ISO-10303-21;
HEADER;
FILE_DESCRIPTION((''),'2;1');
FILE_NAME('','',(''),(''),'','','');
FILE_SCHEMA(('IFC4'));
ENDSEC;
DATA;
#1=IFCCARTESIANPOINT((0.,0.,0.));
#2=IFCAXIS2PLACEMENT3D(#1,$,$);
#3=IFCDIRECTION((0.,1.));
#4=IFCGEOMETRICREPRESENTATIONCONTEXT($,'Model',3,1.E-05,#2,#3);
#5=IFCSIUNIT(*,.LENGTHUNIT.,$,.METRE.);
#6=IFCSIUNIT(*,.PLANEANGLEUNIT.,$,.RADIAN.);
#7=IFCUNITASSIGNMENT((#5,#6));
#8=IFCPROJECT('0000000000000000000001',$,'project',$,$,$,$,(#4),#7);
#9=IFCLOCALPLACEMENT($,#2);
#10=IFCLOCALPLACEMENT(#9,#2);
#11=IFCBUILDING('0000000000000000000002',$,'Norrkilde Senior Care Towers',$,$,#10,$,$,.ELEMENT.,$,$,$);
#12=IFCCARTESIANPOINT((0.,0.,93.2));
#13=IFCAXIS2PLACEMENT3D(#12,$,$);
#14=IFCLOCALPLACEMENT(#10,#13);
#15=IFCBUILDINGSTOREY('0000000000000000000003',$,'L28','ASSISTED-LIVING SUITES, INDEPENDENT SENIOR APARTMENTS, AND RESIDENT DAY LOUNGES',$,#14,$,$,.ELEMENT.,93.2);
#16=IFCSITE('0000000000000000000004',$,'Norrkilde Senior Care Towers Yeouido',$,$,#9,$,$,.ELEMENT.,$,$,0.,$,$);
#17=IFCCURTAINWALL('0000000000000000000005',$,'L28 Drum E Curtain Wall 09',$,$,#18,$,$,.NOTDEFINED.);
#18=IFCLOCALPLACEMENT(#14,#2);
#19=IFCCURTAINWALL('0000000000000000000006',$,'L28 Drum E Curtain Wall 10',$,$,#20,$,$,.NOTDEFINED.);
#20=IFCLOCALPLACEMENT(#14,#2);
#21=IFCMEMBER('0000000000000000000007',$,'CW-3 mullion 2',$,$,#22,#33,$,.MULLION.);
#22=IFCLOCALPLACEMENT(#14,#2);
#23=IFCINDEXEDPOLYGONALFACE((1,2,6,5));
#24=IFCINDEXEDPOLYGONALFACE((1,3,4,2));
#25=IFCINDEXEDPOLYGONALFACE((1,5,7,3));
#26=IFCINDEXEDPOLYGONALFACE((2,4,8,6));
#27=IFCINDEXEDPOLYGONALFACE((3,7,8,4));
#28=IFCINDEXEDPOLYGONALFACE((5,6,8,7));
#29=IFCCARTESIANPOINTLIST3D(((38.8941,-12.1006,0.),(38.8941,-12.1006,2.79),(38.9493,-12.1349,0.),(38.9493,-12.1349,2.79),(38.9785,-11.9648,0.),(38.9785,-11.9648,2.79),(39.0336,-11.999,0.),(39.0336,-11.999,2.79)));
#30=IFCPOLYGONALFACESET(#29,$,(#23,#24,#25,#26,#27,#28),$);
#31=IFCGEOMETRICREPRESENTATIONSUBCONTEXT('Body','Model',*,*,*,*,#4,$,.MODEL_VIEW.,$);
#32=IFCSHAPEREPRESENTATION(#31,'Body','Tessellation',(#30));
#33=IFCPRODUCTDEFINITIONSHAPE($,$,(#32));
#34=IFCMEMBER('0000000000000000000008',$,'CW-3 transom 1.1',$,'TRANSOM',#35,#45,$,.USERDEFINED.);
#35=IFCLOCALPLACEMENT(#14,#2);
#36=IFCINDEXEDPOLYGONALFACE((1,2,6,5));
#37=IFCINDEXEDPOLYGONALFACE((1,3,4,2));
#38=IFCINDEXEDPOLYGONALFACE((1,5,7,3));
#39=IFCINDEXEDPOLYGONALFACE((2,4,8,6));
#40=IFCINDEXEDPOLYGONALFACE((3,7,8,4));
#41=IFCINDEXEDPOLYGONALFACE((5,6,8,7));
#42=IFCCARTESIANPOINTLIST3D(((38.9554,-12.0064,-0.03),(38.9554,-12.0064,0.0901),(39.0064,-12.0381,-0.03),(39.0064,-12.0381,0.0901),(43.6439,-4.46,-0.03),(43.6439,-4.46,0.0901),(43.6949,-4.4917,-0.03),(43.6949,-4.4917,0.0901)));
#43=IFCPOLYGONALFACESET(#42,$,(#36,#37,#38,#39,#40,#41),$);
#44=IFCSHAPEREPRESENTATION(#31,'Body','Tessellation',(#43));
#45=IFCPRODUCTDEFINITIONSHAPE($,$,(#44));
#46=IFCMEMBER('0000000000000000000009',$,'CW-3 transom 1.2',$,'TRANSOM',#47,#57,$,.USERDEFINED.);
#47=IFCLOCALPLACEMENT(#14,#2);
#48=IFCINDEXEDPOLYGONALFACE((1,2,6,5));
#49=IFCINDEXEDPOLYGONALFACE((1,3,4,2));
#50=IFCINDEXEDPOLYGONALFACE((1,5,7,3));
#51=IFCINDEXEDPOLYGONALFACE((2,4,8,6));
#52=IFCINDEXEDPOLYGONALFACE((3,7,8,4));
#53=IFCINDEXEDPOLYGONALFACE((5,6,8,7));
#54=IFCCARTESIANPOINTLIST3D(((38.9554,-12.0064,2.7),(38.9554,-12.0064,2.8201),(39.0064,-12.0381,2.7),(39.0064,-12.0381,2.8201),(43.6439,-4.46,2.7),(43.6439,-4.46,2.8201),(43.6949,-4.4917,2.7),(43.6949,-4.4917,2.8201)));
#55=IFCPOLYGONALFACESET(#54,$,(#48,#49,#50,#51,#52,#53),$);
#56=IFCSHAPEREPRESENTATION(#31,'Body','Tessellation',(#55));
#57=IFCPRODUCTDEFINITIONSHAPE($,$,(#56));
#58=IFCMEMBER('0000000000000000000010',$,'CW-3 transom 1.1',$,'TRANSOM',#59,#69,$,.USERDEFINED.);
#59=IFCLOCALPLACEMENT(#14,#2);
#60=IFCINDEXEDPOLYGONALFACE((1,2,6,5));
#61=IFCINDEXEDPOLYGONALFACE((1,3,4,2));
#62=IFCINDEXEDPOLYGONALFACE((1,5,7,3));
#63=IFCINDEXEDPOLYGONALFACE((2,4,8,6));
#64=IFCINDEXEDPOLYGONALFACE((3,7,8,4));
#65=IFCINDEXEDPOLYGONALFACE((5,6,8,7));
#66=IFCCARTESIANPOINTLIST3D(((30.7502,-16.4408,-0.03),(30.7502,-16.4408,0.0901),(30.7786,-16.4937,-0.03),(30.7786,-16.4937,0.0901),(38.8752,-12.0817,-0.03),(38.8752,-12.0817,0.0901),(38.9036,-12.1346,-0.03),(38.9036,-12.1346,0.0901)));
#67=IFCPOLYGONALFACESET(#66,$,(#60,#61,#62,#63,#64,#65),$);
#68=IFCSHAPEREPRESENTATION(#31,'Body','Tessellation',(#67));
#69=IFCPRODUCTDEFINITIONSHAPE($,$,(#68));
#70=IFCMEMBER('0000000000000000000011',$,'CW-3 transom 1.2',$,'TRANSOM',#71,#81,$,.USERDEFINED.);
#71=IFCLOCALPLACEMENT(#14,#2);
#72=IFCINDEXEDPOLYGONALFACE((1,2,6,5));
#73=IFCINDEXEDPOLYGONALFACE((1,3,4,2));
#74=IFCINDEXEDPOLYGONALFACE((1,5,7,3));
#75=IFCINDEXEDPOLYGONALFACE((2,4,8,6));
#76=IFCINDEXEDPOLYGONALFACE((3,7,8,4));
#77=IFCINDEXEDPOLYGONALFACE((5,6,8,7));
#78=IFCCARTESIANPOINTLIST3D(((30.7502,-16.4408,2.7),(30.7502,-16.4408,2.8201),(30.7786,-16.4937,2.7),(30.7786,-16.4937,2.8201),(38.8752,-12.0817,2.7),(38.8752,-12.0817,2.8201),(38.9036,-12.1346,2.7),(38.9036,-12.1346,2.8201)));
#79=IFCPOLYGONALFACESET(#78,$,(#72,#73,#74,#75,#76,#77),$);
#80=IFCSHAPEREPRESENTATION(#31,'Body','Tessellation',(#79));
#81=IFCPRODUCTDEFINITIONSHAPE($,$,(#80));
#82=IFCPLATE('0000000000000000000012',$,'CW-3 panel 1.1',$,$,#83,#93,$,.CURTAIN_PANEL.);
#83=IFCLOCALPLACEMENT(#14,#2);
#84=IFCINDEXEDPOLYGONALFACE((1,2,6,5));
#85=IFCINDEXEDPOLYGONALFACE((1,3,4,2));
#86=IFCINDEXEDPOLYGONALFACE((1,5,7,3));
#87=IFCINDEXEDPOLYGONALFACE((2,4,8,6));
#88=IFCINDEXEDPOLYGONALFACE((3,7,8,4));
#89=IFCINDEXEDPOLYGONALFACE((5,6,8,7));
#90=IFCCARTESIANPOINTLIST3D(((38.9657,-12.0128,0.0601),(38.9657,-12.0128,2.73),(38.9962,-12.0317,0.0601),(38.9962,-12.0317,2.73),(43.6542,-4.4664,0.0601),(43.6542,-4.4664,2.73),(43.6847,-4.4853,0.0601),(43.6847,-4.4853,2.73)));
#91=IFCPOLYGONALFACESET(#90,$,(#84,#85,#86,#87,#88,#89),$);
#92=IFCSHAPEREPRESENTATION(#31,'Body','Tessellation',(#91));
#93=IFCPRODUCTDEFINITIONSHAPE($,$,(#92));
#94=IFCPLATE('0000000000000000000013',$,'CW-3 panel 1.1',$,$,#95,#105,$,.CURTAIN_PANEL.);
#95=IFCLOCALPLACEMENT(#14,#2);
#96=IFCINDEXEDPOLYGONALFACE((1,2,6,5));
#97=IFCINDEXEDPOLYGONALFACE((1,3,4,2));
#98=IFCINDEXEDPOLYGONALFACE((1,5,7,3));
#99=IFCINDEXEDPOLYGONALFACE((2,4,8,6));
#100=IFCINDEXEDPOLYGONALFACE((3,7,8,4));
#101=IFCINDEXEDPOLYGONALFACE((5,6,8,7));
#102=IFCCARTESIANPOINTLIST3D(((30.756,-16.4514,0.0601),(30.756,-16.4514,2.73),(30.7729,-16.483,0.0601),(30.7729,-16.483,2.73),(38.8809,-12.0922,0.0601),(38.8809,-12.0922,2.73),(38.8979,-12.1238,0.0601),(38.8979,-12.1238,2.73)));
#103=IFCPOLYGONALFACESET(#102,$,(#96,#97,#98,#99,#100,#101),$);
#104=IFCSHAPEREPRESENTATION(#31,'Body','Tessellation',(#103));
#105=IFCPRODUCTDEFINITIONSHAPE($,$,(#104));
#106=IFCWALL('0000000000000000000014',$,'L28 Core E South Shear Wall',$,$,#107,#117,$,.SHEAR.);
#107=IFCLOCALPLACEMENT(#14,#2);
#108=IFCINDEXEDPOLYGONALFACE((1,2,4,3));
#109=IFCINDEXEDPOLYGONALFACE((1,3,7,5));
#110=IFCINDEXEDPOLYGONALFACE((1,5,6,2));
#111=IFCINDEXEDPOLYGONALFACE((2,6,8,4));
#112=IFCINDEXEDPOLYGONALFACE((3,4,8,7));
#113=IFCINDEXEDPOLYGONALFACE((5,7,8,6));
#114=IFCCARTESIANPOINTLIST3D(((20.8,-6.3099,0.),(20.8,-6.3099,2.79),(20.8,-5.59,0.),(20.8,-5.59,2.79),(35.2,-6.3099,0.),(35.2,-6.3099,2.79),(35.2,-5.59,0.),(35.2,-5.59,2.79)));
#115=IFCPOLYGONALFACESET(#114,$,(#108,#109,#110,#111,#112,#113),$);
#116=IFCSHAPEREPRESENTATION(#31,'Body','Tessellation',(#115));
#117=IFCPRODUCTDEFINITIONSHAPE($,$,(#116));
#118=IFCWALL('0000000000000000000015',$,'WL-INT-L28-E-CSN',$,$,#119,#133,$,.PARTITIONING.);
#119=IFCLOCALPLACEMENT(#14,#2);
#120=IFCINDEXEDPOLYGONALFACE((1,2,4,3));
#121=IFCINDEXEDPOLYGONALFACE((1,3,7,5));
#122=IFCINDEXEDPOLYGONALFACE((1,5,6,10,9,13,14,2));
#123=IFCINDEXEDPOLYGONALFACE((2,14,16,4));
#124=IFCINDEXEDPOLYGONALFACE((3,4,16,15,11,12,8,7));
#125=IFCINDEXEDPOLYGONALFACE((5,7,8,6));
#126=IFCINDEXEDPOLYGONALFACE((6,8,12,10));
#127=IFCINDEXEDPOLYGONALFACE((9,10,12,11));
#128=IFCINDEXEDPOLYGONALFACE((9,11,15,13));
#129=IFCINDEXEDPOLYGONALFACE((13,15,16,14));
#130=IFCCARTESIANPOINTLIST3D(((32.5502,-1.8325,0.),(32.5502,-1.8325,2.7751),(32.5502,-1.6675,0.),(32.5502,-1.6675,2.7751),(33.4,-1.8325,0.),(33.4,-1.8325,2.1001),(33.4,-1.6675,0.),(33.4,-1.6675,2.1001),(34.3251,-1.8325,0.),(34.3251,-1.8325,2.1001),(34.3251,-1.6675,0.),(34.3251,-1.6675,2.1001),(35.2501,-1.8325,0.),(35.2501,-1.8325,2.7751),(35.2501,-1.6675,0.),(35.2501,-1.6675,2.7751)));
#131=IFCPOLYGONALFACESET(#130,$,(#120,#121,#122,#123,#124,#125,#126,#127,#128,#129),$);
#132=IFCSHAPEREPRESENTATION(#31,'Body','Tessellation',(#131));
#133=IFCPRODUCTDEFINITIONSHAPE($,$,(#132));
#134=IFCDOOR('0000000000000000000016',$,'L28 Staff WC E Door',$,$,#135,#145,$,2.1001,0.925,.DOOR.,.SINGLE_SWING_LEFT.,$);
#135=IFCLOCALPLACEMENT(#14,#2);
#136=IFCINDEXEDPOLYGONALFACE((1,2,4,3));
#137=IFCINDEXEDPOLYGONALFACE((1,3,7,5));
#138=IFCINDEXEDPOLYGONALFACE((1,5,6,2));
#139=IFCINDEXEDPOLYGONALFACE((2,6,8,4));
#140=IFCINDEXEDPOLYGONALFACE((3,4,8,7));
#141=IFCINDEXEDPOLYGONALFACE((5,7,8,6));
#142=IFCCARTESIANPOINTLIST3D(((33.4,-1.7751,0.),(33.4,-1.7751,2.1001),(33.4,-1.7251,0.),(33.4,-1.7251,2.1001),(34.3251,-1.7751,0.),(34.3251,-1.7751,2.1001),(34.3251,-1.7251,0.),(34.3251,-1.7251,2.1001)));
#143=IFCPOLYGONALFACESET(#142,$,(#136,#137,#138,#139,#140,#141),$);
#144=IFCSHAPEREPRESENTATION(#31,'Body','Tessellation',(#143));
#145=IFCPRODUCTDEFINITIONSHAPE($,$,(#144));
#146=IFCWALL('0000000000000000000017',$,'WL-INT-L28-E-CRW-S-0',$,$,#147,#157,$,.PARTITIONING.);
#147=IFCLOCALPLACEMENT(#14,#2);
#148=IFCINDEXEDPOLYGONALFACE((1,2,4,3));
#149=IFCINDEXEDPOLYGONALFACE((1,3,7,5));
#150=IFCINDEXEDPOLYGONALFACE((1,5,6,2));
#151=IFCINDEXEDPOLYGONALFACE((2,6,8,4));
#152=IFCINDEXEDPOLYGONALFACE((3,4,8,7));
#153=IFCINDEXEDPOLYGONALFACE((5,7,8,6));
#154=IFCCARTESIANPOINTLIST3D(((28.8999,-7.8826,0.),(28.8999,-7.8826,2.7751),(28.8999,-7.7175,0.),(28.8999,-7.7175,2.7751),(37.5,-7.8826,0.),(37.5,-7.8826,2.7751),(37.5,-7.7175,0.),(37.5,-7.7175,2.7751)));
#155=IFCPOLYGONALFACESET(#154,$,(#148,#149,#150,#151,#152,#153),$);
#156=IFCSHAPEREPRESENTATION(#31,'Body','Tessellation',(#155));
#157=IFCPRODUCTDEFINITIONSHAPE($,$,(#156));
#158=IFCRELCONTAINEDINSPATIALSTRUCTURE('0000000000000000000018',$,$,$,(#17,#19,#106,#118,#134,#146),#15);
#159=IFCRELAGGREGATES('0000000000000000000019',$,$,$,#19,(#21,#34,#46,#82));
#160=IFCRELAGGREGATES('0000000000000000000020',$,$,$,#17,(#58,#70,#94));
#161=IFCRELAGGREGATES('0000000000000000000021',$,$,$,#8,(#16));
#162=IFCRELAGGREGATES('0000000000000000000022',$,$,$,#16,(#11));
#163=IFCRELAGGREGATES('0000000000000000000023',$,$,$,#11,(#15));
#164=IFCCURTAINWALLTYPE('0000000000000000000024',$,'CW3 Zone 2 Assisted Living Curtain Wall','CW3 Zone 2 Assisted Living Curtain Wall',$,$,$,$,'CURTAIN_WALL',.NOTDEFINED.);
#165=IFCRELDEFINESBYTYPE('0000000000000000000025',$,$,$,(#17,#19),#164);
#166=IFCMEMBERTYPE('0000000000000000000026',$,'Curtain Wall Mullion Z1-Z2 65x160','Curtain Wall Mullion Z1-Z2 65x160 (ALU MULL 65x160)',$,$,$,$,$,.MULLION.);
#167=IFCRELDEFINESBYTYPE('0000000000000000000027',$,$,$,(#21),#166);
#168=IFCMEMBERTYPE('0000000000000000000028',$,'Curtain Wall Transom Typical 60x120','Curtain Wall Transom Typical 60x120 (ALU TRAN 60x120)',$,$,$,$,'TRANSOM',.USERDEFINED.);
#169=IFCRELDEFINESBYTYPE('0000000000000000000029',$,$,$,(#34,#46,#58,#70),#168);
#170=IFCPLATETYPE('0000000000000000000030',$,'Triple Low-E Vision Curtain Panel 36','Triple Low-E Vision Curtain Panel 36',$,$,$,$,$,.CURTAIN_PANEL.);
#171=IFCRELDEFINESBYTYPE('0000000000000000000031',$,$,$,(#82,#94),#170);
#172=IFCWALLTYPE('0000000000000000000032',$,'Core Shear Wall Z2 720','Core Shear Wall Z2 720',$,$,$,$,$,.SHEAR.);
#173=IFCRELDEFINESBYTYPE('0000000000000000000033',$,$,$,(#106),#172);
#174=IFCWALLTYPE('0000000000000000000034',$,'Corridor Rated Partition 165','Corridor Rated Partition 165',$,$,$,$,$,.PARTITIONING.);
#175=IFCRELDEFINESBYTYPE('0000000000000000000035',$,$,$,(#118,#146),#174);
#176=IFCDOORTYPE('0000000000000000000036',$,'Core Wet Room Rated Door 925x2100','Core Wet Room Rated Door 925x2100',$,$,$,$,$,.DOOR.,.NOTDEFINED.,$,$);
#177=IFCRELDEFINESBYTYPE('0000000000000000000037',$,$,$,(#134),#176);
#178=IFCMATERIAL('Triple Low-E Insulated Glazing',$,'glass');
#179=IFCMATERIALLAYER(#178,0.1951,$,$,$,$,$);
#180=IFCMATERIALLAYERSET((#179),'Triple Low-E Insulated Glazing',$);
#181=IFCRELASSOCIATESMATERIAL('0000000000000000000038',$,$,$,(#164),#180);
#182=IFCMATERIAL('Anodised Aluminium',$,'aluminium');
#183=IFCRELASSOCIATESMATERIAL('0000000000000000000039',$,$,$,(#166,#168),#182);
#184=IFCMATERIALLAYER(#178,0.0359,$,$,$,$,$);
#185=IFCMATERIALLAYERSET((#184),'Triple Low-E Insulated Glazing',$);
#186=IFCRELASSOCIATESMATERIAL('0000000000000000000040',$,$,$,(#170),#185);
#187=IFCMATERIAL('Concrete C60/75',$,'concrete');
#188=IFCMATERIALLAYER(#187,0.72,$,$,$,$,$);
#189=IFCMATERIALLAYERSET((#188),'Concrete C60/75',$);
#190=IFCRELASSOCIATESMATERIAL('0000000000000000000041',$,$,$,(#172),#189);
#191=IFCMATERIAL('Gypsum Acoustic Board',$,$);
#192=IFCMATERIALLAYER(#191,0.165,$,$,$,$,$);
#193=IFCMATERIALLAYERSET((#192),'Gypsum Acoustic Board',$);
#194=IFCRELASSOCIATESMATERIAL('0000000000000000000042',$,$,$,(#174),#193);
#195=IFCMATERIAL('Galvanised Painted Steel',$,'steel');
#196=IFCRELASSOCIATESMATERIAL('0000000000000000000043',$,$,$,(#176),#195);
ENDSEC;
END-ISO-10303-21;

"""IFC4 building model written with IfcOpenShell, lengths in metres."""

from ifc_helpers import new_model, si_unit, direction, frame, frame_2d, origin, origin_2d, place, context, subcontext, project, spatial, rectangle, extrude, source, transform, mapped, material, layer, layer_set, material_profile, profile_set, type_object, type_shapes, element, fill, aggregate, save


model = new_model("IFC4")

# Units and contexts
model_context = context("Model", 3, precision=1e-05, world=origin(), true_north=direction((0.0, 1.0)))
body_context = subcontext(model_context, "Body", "Model", "MODEL_VIEW")
ifc_project = project(units=[si_unit("LENGTHUNIT", "METRE"), si_unit("PLANEANGLEUNIT", "RADIAN")], contexts=[model_context])

# Site, building, storey
site_placement = place(None, origin())
site = spatial("IfcSite", under=ifc_project, at=site_placement, Name="Norrkilde Senior Care Towers Yeouido", CompositionType="ELEMENT", RefElevation=0.0)
building_placement = place(site_placement, origin())
building = spatial("IfcBuilding", under=site, at=building_placement, Name="Norrkilde Senior Care Towers", CompositionType="ELEMENT")
storey_placement = place(building_placement, frame((0.0, 0.0, 93.2)))
storey = spatial("IfcBuildingStorey", under=building, at=storey_placement, Name="L28", Description="ASSISTED-LIVING SUITES, INDEPENDENT SENIOR APARTMENTS, AND RESIDENT DAY LOUNGES", CompositionType="ELEMENT", Elevation=93.2)

# Shared definitions
ifc_material_1 = material(Name="Concrete C60/75", Category="concrete")

# Curtain wall
ifc_material_2 = material(Name="Triple Low-E Insulated Glazing", Category="glass")
ifc_layer_1 = layer(ifc_material_2, 0.1951)
ifc_layer_set_1 = layer_set([ifc_layer_1], Name="Triple Low-E Insulated Glazing")
curtain_wall_type = type_object("IfcCurtainWallType", Name="CW3 Zone 2 Assisted Living Curtain Wall", Description="CW3 Zone 2 Assisted Living Curtain Wall", ElementType="CURTAIN_WALL", PredefinedType="NOTDEFINED", material=ifc_layer_set_1)
curtain_wall_1_placement = place(storey_placement, origin())
curtain_wall_1 = element("IfcCurtainWall", 1, at=curtain_wall_1_placement, inside=storey, type_object=curtain_wall_type, Name="L28 Drum E Curtain Wall 09", PredefinedType="NOTDEFINED")
ifc_material_3 = material(Name="Anodised Aluminium", Category="aluminium")
ifc_material_profile_1 = material_profile(ifc_material_3, rectangle(XDim=0.0649, YDim=0.1599, at=origin_2d()), Name="ALU MULL 65x160")
ifc_profile_set_1 = profile_set([ifc_material_profile_1], Name="Anodised Aluminium")
member_type_1 = type_object("IfcMemberType", Name="Curtain Wall Mullion Z1-Z2 65x160", Description="Curtain Wall Mullion Z1-Z2 65x160 (ALU MULL 65x160)", PredefinedType="MULLION", material=ifc_profile_set_1)
shared_shape_1 = source(origin(), body_context, "Body", "SweptSolid", [
    extrude(rectangle(XDim=0.0649, YDim=0.1599, at=origin_2d()), origin(), (0.0, 0.0, 1.0), 2.79),
])
type_shapes(member_type_1, [shared_shape_1])

# Curtain wall, members
curtain_wall_2_placement = place(storey_placement, origin())
curtain_wall_2 = element("IfcCurtainWall", 2, at=curtain_wall_2_placement, inside=storey, type_object=curtain_wall_type, Name="L28 Drum E Curtain Wall 10", PredefinedType="NOTDEFINED")
member_1_placement = place(storey_placement, frame((38.9639, -12.0498, 0.0), z_axis=(0.0, 0.0, 1.0), x_axis=(0.84941, -0.527733, 0.0)))
member_1 = element("IfcMember", 3, at=member_1_placement, type_object=member_type_1, Name="CW-3 mullion 2", PredefinedType="MULLION", context=body_context, shape_type="MappedRepresentation", body=[
    mapped(shared_shape_1, transform((0.0, 0.0, 0.0), x_axis=(1.0, 0.0, 0.0), y_axis=(0.0, 1.0, 0.0), z_axis=(0.0, 0.0, 1.0), scale=1.0)),
])
ifc_material_profile_2 = material_profile(ifc_material_3, rectangle(XDim=0.0601, YDim=0.1201, at=origin_2d()), Name="ALU TRAN 60x120")
ifc_profile_set_2 = profile_set([ifc_material_profile_2], Name="Anodised Aluminium")
member_type_2 = type_object("IfcMemberType", Name="Curtain Wall Transom Typical 60x120", Description="Curtain Wall Transom Typical 60x120 (ALU TRAN 60x120)", ElementType="TRANSOM", PredefinedType="USERDEFINED", material=ifc_profile_set_2)
shared_shape_2 = source(origin(), body_context, "Body", "SweptSolid", [
    extrude(rectangle(XDim=0.0601, YDim=0.1201, at=origin_2d()), origin(), (0.0, 0.0, 1.0), 8.8843),
])
member_2_placement = place(storey_placement, frame((43.6694, -4.4758, 0.03), z_axis=(-0.527729, -0.849413, 0.0), x_axis=(0.849413, -0.527729, 0.0)))
member_2 = element("IfcMember", 4, at=member_2_placement, type_object=member_type_2, Name="CW-3 transom 1.1", ObjectType="TRANSOM", PredefinedType="USERDEFINED", context=body_context, shape_type="MappedRepresentation", body=[
    mapped(shared_shape_2, transform((0.0, 0.0, 0.0), x_axis=(1.0, 0.0, 0.0), y_axis=(0.0, 1.0, 0.0), z_axis=(0.0, 0.0, 1.0), scale=1.0)),
])
member_3_placement = place(storey_placement, frame((43.6694, -4.4758, 2.76), z_axis=(-0.527729, -0.849413, 0.0), x_axis=(0.849413, -0.527729, 0.0)))
member_3 = element("IfcMember", 5, at=member_3_placement, type_object=member_type_2, Name="CW-3 transom 1.2", ObjectType="TRANSOM", PredefinedType="USERDEFINED", context=body_context, shape_type="MappedRepresentation", body=[
    mapped(shared_shape_2, transform((0.0, 0.0, 0.0), x_axis=(1.0, 0.0, 0.0), y_axis=(0.0, 1.0, 0.0), z_axis=(0.0, 0.0, 1.0), scale=1.0)),
])

# Members
shared_shape_3 = source(origin(), body_context, "Body", "SweptSolid", [
    extrude(rectangle(XDim=0.0601, YDim=0.1201, at=origin_2d()), origin(), (0.0, 0.0, 1.0), 9.2205),
])
type_shapes(member_type_2, [shared_shape_2, shared_shape_3])
member_4_placement = place(storey_placement, frame((38.8894, -12.1082, 0.03), z_axis=(-0.881189, -0.472765, 0.0), x_axis=(0.472765, -0.881189, 0.0)))
member_4 = element("IfcMember", 6, at=member_4_placement, type_object=member_type_2, Name="CW-3 transom 1.1", ObjectType="TRANSOM", PredefinedType="USERDEFINED", context=body_context, shape_type="MappedRepresentation", body=[
    mapped(shared_shape_3, transform((0.0, 0.0, 0.0), x_axis=(1.0, 0.0, 0.0), y_axis=(0.0, 1.0, 0.0), z_axis=(0.0, 0.0, 1.0), scale=1.0)),
])
member_5_placement = place(storey_placement, frame((38.8894, -12.1082, 2.76), z_axis=(-0.881189, -0.472765, 0.0), x_axis=(0.472765, -0.881189, 0.0)))
member_5 = element("IfcMember", 7, at=member_5_placement, type_object=member_type_2, Name="CW-3 transom 1.2", ObjectType="TRANSOM", PredefinedType="USERDEFINED", context=body_context, shape_type="MappedRepresentation", body=[
    mapped(shared_shape_3, transform((0.0, 0.0, 0.0), x_axis=(1.0, 0.0, 0.0), y_axis=(0.0, 1.0, 0.0), z_axis=(0.0, 0.0, 1.0), scale=1.0)),
])

# Plates
ifc_layer_2 = layer(ifc_material_2, 0.0359)
ifc_layer_set_2 = layer_set([ifc_layer_2], Name="Triple Low-E Insulated Glazing")
plate_type = type_object("IfcPlateType", Name="Triple Low-E Vision Curtain Panel 36", Description="Triple Low-E Vision Curtain Panel 36", PredefinedType="CURTAIN_PANEL", material=ifc_layer_set_2)
shared_shape_4 = source(origin(), body_context, "Body", "SweptSolid", [
    extrude(rectangle(XDim=8.8843, YDim=0.0359, at=origin_2d()), origin(), (0.0, 0.0, 1.0), 2.6699),
])
plate_1_placement = place(storey_placement, frame((41.3252, -8.249, 0.0601), z_axis=(0.0, 0.0, 1.0), x_axis=(-0.527733, -0.84941, 0.0)))
plate_1 = element("IfcPlate", 8, at=plate_1_placement, type_object=plate_type, Name="CW-3 panel 1.1", PredefinedType="CURTAIN_PANEL", context=body_context, shape_type="MappedRepresentation", body=[
    mapped(shared_shape_4, transform((0.0, 0.0, 0.0), x_axis=(1.0, 0.0, 0.0), y_axis=(0.0, 1.0, 0.0), z_axis=(0.0, 0.0, 1.0), scale=1.0)),
])
aggregate(curtain_wall_2, [member_1, member_2, member_3, plate_1])
shared_shape_5 = source(origin(), body_context, "Body", "SweptSolid", [
    extrude(rectangle(XDim=9.2205, YDim=0.0359, at=origin_2d()), origin(), (0.0, 0.0, 1.0), 2.6699),
])
type_shapes(plate_type, [shared_shape_4, shared_shape_5])
plate_2_placement = place(storey_placement, frame((34.8269, -14.2876, 0.0601), z_axis=(0.0, 0.0, 1.0), x_axis=(-0.881186, -0.472769, 0.0)))
plate_2 = element("IfcPlate", 9, at=plate_2_placement, type_object=plate_type, Name="CW-3 panel 1.1", PredefinedType="CURTAIN_PANEL", context=body_context, shape_type="MappedRepresentation", body=[
    mapped(shared_shape_5, transform((0.0, 0.0, 0.0), x_axis=(1.0, 0.0, 0.0), y_axis=(0.0, 1.0, 0.0), z_axis=(0.0, 0.0, 1.0), scale=1.0)),
])
aggregate(curtain_wall_1, [member_4, member_5, plate_2])

# Wall
ifc_layer_3 = layer(ifc_material_1, 0.72)
ifc_layer_set_3 = layer_set([ifc_layer_3], Name="Concrete C60/75")
wall_type_1 = type_object("IfcWallType", Name="Core Shear Wall Z2 720", Description="Core Shear Wall Z2 720", PredefinedType="SHEAR", material=ifc_layer_set_3)
shared_shape_6 = source(origin(), body_context, "Body", "SweptSolid", [
    extrude(rectangle(XDim=14.3999, YDim=0.72, at=frame_2d((7.2, 0.0))), origin(), (0.0, 0.0, 1.0), 2.79),
])
type_shapes(wall_type_1, [shared_shape_6])
wall_1_placement = place(storey_placement, frame((35.2, -5.95, 0.0), z_axis=(0.0, 0.0, 1.0), x_axis=(-1.0, 0.0, 0.0)))
element("IfcWall", 10, at=wall_1_placement, inside=storey, type_object=wall_type_1, Name="L28 Core E South Shear Wall", PredefinedType="SHEAR", context=body_context, shape_type="MappedRepresentation", body=[
    mapped(shared_shape_6, transform((0.0, 0.0, 0.0), x_axis=(1.0, 0.0, 0.0), y_axis=(0.0, 1.0, 0.0), z_axis=(0.0, 0.0, 1.0), scale=1.0)),
])

# Wall, opening, door
ifc_material_4 = material(Name="Gypsum Acoustic Board")
ifc_layer_4 = layer(ifc_material_4, 0.165)
ifc_layer_set_4 = layer_set([ifc_layer_4], Name="Gypsum Acoustic Board")
wall_type_2 = type_object("IfcWallType", Name="Corridor Rated Partition 165", Description="Corridor Rated Partition 165", PredefinedType="PARTITIONING", material=ifc_layer_set_4)
shared_shape_7 = source(origin(), body_context, "Body", "SweptSolid", [
    extrude(rectangle(XDim=2.7, YDim=0.165, at=frame_2d((1.3501, 0.0))), origin(), (0.0, 0.0, 1.0), 2.7751),
])
wall_2_placement = place(storey_placement, frame((32.55, -1.75, 0.0), z_axis=(0.0, 0.0, 1.0), x_axis=(1.0, 0.0, 0.0)))
wall_2 = element("IfcWall", 11, at=wall_2_placement, inside=storey, type_object=wall_type_2, Name="WL-INT-L28-E-CSN", PredefinedType="PARTITIONING", context=body_context, shape_type="MappedRepresentation", body=[
    mapped(shared_shape_7, transform((0.0, 0.0, 0.0), x_axis=(1.0, 0.0, 0.0), y_axis=(0.0, 1.0, 0.0), z_axis=(0.0, 0.0, 1.0), scale=1.0)),
])
opening_placement = place(wall_2_placement, frame((0.8501, 0.0, 0.0)))
opening = element("IfcOpeningElement", 12, at=opening_placement, cuts=wall_2, PredefinedType="OPENING", context=body_context, shape_type="SweptSolid", body=[
    extrude(rectangle(XDim=0.925, YDim=2.1001, at=frame_2d((0.4624, 1.05))), frame((0.0, 0.0925, 0.0), z_axis=(0.0, -1.0, 0.0), x_axis=(1.0, 0.0, 0.0)), (0.0, 0.0, 1.0), 0.1851),
])
ifc_material_5 = material(Name="Galvanised Painted Steel", Category="steel")
door_type = type_object("IfcDoorType", Name="Core Wet Room Rated Door 925x2100", Description="Core Wet Room Rated Door 925x2100", OperationType="NOTDEFINED", PredefinedType="DOOR", material=ifc_material_5)
shared_shape_8 = source(origin(), body_context, "Body", "SweptSolid", [
    extrude(rectangle(XDim=0.925, YDim=2.1001, at=frame_2d((0.4624, 1.05))), frame((0.0, 0.0249, 0.0), z_axis=(0.0, -1.0, 0.0), x_axis=(1.0, 0.0, 0.0)), (0.0, 0.0, 1.0), 0.05),
])
type_shapes(door_type, [shared_shape_8])
door_placement = place(opening_placement, origin())
door = element("IfcDoor", 13, at=door_placement, inside=storey, type_object=door_type, Name="L28 Staff WC E Door", OperationType="SINGLE_SWING_LEFT", OverallHeight=2.1001, OverallWidth=0.925, PredefinedType="DOOR", context=body_context, shape_type="MappedRepresentation", body=[
    mapped(shared_shape_8, transform((0.0, 0.0, 0.0), x_axis=(1.0, 0.0, 0.0), y_axis=(0.0, 1.0, 0.0), z_axis=(0.0, 0.0, 1.0), scale=1.0)),
])
fill(opening, door)

# Wall
shared_shape_9 = source(origin(), body_context, "Body", "SweptSolid", [
    extrude(rectangle(XDim=8.6001, YDim=0.165, at=frame_2d((4.3, 0.0))), origin(), (0.0, 0.0, 1.0), 2.7751),
])
wall_3_placement = place(storey_placement, frame((37.5, -7.8, 0.0), z_axis=(0.0, 0.0, 1.0), x_axis=(-1.0, 0.0, 0.0)))
element("IfcWall", 14, at=wall_3_placement, inside=storey, type_object=wall_type_2, Name="WL-INT-L28-E-CRW-S-0", PredefinedType="PARTITIONING", context=body_context, shape_type="MappedRepresentation", body=[
    mapped(shared_shape_9, transform((0.0, 0.0, 0.0), x_axis=(1.0, 0.0, 0.0), y_axis=(0.0, 1.0, 0.0), z_axis=(0.0, 0.0, 1.0), scale=1.0)),
])

save(model, "model.ifc")
